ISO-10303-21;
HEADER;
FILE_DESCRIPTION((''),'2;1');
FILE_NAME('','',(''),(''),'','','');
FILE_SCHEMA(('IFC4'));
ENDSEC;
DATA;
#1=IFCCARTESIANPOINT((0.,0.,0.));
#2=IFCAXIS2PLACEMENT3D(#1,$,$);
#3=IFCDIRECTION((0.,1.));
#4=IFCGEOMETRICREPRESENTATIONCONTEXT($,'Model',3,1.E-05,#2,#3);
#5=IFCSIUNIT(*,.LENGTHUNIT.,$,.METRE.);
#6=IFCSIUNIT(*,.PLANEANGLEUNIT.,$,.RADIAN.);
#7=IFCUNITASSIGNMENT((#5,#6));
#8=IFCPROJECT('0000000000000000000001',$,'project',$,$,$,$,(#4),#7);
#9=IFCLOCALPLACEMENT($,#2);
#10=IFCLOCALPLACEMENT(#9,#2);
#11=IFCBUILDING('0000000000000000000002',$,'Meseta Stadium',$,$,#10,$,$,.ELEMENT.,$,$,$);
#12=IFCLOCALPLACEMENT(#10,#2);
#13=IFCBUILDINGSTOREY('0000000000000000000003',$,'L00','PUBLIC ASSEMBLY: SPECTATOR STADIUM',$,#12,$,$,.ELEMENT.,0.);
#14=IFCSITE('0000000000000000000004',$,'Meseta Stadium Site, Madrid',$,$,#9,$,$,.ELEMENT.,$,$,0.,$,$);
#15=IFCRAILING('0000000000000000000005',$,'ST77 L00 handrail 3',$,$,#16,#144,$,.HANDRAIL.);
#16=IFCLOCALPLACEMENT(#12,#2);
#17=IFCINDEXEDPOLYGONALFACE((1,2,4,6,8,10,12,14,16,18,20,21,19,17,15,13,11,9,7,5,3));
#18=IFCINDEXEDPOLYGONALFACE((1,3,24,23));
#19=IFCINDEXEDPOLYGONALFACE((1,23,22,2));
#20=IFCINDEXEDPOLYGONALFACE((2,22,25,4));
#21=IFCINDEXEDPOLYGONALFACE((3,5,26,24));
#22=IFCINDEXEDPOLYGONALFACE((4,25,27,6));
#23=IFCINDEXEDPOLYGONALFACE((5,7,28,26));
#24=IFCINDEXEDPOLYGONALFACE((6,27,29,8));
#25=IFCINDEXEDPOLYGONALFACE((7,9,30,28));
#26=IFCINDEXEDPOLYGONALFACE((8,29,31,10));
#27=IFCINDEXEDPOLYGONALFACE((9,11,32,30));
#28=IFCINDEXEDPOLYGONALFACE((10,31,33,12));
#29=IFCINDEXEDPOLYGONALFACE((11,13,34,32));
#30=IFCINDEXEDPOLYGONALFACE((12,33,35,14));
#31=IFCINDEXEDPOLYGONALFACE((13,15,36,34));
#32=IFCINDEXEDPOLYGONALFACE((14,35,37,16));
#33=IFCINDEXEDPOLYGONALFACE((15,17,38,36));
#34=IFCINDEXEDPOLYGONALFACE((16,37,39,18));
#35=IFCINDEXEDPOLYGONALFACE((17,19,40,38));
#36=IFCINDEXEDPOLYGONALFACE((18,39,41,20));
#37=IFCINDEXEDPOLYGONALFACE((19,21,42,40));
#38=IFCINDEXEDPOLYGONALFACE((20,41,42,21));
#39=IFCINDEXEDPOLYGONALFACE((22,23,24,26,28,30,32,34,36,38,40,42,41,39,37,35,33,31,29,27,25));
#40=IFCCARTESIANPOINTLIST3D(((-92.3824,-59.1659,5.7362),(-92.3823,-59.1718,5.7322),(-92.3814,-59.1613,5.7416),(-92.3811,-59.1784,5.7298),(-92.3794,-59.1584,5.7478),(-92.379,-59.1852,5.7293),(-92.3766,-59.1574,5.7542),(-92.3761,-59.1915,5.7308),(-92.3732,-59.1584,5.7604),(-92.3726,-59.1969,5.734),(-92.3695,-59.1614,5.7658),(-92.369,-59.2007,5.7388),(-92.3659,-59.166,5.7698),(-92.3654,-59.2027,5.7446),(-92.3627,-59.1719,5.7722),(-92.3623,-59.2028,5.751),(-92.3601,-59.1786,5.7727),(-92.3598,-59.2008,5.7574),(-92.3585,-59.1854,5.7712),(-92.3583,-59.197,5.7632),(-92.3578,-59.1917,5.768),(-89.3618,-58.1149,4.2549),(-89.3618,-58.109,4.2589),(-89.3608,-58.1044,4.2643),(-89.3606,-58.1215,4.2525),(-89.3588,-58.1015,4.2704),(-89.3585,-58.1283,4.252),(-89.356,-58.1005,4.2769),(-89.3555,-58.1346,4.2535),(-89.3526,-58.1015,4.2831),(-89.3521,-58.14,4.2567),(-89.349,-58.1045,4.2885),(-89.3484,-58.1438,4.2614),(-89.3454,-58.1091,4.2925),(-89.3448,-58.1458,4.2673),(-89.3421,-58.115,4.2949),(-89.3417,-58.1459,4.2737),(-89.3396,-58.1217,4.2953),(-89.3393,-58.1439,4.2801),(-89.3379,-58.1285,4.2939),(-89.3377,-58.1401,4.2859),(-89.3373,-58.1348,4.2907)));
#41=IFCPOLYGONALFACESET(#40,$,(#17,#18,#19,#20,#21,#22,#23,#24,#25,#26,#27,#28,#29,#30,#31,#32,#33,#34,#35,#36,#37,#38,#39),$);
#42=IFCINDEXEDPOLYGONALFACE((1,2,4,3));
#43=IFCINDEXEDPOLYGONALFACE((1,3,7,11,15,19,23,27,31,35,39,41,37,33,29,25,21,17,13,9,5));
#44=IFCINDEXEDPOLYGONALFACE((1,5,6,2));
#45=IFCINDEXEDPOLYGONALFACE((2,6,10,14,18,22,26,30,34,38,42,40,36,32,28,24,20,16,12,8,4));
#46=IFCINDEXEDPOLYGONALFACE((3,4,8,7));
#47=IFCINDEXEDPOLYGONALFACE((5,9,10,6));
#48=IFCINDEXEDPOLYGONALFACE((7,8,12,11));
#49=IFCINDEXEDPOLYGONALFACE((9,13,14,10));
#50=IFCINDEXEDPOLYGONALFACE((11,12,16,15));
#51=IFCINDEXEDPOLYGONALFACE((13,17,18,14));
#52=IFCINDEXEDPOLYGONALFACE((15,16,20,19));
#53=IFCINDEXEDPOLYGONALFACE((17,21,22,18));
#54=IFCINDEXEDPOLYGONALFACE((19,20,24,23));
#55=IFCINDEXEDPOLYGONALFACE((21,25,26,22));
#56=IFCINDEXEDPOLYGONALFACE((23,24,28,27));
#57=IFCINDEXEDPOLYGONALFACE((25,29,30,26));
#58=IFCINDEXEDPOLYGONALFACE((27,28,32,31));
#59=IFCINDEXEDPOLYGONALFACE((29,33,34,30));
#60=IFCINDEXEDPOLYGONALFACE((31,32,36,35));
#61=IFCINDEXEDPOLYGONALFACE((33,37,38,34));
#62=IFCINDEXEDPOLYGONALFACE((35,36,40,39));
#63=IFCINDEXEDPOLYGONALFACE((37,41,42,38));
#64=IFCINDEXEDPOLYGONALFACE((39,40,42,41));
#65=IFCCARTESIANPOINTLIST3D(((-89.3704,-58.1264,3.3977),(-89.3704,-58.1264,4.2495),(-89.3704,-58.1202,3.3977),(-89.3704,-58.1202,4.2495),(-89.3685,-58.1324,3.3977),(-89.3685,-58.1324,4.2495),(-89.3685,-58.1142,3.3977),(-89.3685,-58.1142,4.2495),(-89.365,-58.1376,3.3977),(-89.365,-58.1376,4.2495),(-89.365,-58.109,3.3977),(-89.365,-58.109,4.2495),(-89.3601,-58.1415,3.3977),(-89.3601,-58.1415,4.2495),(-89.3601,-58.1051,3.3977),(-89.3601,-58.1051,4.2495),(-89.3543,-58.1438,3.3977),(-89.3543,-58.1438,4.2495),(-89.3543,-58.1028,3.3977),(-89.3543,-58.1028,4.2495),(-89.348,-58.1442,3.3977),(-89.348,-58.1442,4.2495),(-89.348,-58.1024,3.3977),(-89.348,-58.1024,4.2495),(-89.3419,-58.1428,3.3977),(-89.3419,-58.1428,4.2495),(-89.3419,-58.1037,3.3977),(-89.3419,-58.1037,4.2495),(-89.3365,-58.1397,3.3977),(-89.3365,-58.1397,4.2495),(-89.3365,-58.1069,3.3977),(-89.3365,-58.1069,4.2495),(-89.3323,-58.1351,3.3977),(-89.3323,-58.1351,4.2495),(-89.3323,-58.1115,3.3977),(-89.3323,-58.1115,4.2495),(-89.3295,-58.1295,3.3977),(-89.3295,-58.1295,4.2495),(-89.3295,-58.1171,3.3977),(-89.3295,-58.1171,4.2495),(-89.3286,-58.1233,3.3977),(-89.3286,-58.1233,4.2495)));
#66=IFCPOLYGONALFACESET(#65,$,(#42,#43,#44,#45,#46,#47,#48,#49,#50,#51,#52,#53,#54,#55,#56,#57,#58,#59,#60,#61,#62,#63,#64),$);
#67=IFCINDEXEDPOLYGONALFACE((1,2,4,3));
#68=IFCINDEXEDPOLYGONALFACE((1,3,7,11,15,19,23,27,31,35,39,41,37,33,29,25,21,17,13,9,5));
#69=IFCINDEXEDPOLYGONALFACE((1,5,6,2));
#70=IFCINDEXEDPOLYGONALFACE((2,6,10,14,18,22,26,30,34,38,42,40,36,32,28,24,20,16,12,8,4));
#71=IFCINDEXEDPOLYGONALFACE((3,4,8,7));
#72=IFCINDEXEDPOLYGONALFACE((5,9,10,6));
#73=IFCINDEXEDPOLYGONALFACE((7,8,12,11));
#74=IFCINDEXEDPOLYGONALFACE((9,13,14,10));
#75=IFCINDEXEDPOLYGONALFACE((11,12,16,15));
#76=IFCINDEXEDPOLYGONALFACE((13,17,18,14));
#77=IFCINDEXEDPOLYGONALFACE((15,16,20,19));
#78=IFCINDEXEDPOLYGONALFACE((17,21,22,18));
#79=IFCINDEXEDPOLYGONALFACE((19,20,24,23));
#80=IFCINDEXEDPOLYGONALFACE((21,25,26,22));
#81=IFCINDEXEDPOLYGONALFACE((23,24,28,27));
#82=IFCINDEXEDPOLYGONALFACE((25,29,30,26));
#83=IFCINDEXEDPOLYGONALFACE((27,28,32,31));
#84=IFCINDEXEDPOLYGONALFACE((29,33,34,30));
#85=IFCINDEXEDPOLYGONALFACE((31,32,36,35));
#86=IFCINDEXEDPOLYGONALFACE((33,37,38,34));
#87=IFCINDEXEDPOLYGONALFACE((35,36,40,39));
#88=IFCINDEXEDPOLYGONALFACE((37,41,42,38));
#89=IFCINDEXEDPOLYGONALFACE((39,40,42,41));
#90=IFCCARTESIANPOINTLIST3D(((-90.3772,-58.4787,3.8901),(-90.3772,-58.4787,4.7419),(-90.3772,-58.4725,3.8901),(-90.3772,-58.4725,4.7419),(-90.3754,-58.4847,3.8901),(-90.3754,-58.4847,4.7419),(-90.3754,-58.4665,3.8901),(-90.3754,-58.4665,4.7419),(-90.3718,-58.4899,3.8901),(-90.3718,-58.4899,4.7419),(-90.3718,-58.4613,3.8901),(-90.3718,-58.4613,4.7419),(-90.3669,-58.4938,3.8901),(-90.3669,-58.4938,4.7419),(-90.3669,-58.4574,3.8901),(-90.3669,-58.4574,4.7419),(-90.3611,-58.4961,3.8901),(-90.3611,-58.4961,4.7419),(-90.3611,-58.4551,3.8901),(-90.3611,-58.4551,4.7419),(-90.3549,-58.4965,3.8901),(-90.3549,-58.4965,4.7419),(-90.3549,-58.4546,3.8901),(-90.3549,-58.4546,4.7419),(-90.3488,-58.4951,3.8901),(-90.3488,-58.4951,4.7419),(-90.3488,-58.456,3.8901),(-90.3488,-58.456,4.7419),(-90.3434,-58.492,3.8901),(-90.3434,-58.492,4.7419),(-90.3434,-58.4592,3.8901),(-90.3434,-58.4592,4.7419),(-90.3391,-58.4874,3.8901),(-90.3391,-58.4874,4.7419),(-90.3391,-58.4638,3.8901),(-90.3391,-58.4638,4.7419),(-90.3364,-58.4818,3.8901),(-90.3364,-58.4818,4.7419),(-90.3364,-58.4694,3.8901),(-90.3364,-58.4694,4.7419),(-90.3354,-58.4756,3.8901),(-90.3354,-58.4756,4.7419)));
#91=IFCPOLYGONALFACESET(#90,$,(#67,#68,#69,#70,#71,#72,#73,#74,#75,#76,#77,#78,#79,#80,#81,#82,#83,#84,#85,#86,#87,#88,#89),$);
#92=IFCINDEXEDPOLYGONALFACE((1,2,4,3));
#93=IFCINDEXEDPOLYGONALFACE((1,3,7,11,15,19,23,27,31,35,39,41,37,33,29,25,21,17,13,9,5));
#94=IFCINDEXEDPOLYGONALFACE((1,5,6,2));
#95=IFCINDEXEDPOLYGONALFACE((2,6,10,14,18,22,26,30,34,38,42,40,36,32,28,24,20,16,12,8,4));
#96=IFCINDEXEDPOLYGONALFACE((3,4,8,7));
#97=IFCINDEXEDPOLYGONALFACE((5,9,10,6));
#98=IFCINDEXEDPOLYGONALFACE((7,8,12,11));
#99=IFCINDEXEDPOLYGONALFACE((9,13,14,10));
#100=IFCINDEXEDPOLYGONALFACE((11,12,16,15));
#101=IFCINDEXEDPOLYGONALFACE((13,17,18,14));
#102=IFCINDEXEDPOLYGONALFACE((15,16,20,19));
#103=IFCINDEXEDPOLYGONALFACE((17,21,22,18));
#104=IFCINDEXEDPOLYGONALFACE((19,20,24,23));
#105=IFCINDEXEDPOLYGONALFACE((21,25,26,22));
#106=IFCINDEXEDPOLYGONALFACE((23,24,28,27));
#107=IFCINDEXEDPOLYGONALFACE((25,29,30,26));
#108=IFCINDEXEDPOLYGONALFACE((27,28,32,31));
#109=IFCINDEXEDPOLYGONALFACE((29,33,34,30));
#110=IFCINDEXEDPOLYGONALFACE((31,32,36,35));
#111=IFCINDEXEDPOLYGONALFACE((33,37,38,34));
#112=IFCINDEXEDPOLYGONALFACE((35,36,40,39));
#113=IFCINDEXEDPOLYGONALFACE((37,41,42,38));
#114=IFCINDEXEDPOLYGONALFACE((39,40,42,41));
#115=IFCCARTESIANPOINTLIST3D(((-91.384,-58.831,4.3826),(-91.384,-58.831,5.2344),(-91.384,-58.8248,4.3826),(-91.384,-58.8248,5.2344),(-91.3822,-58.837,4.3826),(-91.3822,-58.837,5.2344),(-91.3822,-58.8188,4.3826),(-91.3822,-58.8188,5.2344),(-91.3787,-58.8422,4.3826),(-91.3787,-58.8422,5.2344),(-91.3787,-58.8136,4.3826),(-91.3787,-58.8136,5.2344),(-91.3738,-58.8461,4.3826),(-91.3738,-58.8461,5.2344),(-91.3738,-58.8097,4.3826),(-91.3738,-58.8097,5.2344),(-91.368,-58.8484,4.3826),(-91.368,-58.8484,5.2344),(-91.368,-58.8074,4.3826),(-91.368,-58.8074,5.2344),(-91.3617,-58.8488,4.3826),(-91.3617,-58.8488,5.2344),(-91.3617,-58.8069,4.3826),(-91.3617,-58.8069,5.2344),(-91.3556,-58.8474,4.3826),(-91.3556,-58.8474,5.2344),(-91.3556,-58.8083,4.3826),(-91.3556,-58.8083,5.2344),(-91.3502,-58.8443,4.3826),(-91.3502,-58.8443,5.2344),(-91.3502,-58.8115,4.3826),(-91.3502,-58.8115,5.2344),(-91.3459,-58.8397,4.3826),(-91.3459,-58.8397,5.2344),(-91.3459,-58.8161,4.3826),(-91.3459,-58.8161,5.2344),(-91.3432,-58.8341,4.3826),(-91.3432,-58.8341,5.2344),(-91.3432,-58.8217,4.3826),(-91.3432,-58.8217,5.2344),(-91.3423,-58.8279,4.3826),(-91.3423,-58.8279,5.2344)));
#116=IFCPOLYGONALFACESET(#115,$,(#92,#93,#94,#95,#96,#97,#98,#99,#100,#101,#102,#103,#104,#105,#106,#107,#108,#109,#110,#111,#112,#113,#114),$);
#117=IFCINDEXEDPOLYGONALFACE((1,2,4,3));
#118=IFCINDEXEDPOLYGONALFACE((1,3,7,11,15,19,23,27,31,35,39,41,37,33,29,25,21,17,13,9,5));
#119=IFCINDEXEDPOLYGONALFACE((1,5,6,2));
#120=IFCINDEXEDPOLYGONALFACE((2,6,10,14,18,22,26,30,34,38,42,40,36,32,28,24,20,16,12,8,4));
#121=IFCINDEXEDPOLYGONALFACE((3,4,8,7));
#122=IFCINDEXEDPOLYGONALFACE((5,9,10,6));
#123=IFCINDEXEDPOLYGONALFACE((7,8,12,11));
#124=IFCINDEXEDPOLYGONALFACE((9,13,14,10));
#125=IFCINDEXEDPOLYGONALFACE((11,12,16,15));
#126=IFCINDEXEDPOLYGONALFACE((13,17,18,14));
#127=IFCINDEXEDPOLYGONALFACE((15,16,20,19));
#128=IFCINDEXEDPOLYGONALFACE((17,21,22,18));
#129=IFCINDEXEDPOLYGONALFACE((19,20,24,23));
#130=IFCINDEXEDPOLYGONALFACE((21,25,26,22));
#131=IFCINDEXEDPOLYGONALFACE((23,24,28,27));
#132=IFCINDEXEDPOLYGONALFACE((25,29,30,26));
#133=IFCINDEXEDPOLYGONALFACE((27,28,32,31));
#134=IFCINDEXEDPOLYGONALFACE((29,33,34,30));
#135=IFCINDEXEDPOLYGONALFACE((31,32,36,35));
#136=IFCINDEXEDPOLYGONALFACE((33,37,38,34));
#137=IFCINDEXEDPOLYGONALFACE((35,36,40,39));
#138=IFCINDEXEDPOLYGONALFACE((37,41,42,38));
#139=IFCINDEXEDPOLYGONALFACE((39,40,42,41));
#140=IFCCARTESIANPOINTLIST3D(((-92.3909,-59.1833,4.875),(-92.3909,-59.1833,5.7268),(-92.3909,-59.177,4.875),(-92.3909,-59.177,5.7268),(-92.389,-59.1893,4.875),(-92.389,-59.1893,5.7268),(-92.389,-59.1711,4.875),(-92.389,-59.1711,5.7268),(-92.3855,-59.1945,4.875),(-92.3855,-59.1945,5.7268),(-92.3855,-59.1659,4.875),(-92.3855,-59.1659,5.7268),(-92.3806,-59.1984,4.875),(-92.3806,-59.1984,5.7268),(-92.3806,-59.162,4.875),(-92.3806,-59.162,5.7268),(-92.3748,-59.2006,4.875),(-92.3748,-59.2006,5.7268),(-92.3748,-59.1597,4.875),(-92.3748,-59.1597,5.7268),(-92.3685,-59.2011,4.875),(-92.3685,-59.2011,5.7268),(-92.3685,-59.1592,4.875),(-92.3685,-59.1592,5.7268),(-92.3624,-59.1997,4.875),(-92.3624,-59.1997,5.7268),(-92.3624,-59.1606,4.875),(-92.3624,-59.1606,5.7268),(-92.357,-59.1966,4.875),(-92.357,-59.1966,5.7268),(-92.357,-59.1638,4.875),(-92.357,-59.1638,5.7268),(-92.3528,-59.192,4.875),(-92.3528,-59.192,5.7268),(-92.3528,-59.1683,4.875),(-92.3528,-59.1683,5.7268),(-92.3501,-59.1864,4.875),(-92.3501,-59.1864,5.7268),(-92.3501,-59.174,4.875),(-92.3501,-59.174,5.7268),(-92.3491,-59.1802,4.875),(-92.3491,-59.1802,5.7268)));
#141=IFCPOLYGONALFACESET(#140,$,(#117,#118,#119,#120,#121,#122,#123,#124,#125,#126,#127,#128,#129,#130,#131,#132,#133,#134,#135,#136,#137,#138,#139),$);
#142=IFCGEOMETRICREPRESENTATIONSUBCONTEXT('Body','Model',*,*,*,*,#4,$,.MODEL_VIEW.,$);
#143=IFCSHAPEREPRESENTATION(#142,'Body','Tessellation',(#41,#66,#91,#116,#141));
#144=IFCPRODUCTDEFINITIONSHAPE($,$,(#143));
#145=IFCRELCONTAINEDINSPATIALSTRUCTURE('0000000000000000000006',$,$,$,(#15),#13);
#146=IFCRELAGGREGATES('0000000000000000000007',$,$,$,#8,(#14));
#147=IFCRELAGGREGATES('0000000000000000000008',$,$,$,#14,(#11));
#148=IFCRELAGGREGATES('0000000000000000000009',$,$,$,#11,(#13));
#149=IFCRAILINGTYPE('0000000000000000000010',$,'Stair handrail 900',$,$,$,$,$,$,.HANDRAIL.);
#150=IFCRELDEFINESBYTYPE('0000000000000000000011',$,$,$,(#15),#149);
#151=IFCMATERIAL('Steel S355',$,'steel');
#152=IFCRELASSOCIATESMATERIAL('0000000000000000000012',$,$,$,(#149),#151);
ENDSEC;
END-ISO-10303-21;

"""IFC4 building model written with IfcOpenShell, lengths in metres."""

from ifc_helpers import new_model, si_unit, direction, frame, origin, origin_2d, place, context, subcontext, project, spatial, circle, extrude, material, type_object, element, save


model = new_model("IFC4")

# Units and contexts
model_context = context("Model", 3, precision=1e-05, world=origin(), true_north=direction((0.0, 1.0)))
body_context = subcontext(model_context, "Body", "Model", "MODEL_VIEW")
ifc_project = project(units=[si_unit("LENGTHUNIT", "METRE"), si_unit("PLANEANGLEUNIT", "RADIAN")], contexts=[model_context])

# Site, building, storey
site_placement = place(None, origin())
site = spatial("IfcSite", under=ifc_project, at=site_placement, Name="Meseta Stadium Site, Madrid", CompositionType="ELEMENT", RefElevation=0.0)
building_placement = place(site_placement, origin())
building = spatial("IfcBuilding", under=site, at=building_placement, Name="Meseta Stadium", CompositionType="ELEMENT")
storey_placement = place(building_placement, origin())
storey = spatial("IfcBuildingStorey", under=building, at=storey_placement, Name="L00", Description="PUBLIC ASSEMBLY: SPECTATOR STADIUM", CompositionType="ELEMENT", Elevation=0.0)

# Railing
ifc_material_1 = material(Name="Steel S355", Category="steel")
railing_type_1 = type_object("IfcRailingType", Name="Stair handrail 900", PredefinedType="HANDRAIL", material=ifc_material_1)
for number, where, name in (
    (1, (-89.3496, -58.1233, 3.3977), "ST77 L00 handrail 3"),
):
    element("IfcRailing", number, at=place(storey_placement, frame(where)), inside=storey, type_object=railing_type_1, Name=name, PredefinedType="HANDRAIL", context=body_context, shape_type="SweptSolid", body=[
        extrude(circle(Radius=0.0239, at=origin_2d()), frame((0.0, 0.0, 0.876), z_axis=(-0.856977, -0.299859, 0.419137), x_axis=(0.330269, -0.943887, 0.0)), (0.0, 0.0, 1.0), 3.5247),
        extrude(circle(Radius=0.021, at=origin_2d()), origin(), (0.0, 0.0, 1.0), 0.8518),
        extrude(circle(Radius=0.021, at=origin_2d()), frame((-1.0068, -0.3523, 0.4924)), (0.0, 0.0, 1.0), 0.8518),
        extrude(circle(Radius=0.021, at=origin_2d()), frame((-2.0137, -0.7046, 0.9849)), (0.0, 0.0, 1.0), 0.8518),
        extrude(circle(Radius=0.021, at=origin_2d()), frame((-3.0205, -1.0569, 1.4773)), (0.0, 0.0, 1.0), 0.8518),
    ])

save(model, "model.ifc")
